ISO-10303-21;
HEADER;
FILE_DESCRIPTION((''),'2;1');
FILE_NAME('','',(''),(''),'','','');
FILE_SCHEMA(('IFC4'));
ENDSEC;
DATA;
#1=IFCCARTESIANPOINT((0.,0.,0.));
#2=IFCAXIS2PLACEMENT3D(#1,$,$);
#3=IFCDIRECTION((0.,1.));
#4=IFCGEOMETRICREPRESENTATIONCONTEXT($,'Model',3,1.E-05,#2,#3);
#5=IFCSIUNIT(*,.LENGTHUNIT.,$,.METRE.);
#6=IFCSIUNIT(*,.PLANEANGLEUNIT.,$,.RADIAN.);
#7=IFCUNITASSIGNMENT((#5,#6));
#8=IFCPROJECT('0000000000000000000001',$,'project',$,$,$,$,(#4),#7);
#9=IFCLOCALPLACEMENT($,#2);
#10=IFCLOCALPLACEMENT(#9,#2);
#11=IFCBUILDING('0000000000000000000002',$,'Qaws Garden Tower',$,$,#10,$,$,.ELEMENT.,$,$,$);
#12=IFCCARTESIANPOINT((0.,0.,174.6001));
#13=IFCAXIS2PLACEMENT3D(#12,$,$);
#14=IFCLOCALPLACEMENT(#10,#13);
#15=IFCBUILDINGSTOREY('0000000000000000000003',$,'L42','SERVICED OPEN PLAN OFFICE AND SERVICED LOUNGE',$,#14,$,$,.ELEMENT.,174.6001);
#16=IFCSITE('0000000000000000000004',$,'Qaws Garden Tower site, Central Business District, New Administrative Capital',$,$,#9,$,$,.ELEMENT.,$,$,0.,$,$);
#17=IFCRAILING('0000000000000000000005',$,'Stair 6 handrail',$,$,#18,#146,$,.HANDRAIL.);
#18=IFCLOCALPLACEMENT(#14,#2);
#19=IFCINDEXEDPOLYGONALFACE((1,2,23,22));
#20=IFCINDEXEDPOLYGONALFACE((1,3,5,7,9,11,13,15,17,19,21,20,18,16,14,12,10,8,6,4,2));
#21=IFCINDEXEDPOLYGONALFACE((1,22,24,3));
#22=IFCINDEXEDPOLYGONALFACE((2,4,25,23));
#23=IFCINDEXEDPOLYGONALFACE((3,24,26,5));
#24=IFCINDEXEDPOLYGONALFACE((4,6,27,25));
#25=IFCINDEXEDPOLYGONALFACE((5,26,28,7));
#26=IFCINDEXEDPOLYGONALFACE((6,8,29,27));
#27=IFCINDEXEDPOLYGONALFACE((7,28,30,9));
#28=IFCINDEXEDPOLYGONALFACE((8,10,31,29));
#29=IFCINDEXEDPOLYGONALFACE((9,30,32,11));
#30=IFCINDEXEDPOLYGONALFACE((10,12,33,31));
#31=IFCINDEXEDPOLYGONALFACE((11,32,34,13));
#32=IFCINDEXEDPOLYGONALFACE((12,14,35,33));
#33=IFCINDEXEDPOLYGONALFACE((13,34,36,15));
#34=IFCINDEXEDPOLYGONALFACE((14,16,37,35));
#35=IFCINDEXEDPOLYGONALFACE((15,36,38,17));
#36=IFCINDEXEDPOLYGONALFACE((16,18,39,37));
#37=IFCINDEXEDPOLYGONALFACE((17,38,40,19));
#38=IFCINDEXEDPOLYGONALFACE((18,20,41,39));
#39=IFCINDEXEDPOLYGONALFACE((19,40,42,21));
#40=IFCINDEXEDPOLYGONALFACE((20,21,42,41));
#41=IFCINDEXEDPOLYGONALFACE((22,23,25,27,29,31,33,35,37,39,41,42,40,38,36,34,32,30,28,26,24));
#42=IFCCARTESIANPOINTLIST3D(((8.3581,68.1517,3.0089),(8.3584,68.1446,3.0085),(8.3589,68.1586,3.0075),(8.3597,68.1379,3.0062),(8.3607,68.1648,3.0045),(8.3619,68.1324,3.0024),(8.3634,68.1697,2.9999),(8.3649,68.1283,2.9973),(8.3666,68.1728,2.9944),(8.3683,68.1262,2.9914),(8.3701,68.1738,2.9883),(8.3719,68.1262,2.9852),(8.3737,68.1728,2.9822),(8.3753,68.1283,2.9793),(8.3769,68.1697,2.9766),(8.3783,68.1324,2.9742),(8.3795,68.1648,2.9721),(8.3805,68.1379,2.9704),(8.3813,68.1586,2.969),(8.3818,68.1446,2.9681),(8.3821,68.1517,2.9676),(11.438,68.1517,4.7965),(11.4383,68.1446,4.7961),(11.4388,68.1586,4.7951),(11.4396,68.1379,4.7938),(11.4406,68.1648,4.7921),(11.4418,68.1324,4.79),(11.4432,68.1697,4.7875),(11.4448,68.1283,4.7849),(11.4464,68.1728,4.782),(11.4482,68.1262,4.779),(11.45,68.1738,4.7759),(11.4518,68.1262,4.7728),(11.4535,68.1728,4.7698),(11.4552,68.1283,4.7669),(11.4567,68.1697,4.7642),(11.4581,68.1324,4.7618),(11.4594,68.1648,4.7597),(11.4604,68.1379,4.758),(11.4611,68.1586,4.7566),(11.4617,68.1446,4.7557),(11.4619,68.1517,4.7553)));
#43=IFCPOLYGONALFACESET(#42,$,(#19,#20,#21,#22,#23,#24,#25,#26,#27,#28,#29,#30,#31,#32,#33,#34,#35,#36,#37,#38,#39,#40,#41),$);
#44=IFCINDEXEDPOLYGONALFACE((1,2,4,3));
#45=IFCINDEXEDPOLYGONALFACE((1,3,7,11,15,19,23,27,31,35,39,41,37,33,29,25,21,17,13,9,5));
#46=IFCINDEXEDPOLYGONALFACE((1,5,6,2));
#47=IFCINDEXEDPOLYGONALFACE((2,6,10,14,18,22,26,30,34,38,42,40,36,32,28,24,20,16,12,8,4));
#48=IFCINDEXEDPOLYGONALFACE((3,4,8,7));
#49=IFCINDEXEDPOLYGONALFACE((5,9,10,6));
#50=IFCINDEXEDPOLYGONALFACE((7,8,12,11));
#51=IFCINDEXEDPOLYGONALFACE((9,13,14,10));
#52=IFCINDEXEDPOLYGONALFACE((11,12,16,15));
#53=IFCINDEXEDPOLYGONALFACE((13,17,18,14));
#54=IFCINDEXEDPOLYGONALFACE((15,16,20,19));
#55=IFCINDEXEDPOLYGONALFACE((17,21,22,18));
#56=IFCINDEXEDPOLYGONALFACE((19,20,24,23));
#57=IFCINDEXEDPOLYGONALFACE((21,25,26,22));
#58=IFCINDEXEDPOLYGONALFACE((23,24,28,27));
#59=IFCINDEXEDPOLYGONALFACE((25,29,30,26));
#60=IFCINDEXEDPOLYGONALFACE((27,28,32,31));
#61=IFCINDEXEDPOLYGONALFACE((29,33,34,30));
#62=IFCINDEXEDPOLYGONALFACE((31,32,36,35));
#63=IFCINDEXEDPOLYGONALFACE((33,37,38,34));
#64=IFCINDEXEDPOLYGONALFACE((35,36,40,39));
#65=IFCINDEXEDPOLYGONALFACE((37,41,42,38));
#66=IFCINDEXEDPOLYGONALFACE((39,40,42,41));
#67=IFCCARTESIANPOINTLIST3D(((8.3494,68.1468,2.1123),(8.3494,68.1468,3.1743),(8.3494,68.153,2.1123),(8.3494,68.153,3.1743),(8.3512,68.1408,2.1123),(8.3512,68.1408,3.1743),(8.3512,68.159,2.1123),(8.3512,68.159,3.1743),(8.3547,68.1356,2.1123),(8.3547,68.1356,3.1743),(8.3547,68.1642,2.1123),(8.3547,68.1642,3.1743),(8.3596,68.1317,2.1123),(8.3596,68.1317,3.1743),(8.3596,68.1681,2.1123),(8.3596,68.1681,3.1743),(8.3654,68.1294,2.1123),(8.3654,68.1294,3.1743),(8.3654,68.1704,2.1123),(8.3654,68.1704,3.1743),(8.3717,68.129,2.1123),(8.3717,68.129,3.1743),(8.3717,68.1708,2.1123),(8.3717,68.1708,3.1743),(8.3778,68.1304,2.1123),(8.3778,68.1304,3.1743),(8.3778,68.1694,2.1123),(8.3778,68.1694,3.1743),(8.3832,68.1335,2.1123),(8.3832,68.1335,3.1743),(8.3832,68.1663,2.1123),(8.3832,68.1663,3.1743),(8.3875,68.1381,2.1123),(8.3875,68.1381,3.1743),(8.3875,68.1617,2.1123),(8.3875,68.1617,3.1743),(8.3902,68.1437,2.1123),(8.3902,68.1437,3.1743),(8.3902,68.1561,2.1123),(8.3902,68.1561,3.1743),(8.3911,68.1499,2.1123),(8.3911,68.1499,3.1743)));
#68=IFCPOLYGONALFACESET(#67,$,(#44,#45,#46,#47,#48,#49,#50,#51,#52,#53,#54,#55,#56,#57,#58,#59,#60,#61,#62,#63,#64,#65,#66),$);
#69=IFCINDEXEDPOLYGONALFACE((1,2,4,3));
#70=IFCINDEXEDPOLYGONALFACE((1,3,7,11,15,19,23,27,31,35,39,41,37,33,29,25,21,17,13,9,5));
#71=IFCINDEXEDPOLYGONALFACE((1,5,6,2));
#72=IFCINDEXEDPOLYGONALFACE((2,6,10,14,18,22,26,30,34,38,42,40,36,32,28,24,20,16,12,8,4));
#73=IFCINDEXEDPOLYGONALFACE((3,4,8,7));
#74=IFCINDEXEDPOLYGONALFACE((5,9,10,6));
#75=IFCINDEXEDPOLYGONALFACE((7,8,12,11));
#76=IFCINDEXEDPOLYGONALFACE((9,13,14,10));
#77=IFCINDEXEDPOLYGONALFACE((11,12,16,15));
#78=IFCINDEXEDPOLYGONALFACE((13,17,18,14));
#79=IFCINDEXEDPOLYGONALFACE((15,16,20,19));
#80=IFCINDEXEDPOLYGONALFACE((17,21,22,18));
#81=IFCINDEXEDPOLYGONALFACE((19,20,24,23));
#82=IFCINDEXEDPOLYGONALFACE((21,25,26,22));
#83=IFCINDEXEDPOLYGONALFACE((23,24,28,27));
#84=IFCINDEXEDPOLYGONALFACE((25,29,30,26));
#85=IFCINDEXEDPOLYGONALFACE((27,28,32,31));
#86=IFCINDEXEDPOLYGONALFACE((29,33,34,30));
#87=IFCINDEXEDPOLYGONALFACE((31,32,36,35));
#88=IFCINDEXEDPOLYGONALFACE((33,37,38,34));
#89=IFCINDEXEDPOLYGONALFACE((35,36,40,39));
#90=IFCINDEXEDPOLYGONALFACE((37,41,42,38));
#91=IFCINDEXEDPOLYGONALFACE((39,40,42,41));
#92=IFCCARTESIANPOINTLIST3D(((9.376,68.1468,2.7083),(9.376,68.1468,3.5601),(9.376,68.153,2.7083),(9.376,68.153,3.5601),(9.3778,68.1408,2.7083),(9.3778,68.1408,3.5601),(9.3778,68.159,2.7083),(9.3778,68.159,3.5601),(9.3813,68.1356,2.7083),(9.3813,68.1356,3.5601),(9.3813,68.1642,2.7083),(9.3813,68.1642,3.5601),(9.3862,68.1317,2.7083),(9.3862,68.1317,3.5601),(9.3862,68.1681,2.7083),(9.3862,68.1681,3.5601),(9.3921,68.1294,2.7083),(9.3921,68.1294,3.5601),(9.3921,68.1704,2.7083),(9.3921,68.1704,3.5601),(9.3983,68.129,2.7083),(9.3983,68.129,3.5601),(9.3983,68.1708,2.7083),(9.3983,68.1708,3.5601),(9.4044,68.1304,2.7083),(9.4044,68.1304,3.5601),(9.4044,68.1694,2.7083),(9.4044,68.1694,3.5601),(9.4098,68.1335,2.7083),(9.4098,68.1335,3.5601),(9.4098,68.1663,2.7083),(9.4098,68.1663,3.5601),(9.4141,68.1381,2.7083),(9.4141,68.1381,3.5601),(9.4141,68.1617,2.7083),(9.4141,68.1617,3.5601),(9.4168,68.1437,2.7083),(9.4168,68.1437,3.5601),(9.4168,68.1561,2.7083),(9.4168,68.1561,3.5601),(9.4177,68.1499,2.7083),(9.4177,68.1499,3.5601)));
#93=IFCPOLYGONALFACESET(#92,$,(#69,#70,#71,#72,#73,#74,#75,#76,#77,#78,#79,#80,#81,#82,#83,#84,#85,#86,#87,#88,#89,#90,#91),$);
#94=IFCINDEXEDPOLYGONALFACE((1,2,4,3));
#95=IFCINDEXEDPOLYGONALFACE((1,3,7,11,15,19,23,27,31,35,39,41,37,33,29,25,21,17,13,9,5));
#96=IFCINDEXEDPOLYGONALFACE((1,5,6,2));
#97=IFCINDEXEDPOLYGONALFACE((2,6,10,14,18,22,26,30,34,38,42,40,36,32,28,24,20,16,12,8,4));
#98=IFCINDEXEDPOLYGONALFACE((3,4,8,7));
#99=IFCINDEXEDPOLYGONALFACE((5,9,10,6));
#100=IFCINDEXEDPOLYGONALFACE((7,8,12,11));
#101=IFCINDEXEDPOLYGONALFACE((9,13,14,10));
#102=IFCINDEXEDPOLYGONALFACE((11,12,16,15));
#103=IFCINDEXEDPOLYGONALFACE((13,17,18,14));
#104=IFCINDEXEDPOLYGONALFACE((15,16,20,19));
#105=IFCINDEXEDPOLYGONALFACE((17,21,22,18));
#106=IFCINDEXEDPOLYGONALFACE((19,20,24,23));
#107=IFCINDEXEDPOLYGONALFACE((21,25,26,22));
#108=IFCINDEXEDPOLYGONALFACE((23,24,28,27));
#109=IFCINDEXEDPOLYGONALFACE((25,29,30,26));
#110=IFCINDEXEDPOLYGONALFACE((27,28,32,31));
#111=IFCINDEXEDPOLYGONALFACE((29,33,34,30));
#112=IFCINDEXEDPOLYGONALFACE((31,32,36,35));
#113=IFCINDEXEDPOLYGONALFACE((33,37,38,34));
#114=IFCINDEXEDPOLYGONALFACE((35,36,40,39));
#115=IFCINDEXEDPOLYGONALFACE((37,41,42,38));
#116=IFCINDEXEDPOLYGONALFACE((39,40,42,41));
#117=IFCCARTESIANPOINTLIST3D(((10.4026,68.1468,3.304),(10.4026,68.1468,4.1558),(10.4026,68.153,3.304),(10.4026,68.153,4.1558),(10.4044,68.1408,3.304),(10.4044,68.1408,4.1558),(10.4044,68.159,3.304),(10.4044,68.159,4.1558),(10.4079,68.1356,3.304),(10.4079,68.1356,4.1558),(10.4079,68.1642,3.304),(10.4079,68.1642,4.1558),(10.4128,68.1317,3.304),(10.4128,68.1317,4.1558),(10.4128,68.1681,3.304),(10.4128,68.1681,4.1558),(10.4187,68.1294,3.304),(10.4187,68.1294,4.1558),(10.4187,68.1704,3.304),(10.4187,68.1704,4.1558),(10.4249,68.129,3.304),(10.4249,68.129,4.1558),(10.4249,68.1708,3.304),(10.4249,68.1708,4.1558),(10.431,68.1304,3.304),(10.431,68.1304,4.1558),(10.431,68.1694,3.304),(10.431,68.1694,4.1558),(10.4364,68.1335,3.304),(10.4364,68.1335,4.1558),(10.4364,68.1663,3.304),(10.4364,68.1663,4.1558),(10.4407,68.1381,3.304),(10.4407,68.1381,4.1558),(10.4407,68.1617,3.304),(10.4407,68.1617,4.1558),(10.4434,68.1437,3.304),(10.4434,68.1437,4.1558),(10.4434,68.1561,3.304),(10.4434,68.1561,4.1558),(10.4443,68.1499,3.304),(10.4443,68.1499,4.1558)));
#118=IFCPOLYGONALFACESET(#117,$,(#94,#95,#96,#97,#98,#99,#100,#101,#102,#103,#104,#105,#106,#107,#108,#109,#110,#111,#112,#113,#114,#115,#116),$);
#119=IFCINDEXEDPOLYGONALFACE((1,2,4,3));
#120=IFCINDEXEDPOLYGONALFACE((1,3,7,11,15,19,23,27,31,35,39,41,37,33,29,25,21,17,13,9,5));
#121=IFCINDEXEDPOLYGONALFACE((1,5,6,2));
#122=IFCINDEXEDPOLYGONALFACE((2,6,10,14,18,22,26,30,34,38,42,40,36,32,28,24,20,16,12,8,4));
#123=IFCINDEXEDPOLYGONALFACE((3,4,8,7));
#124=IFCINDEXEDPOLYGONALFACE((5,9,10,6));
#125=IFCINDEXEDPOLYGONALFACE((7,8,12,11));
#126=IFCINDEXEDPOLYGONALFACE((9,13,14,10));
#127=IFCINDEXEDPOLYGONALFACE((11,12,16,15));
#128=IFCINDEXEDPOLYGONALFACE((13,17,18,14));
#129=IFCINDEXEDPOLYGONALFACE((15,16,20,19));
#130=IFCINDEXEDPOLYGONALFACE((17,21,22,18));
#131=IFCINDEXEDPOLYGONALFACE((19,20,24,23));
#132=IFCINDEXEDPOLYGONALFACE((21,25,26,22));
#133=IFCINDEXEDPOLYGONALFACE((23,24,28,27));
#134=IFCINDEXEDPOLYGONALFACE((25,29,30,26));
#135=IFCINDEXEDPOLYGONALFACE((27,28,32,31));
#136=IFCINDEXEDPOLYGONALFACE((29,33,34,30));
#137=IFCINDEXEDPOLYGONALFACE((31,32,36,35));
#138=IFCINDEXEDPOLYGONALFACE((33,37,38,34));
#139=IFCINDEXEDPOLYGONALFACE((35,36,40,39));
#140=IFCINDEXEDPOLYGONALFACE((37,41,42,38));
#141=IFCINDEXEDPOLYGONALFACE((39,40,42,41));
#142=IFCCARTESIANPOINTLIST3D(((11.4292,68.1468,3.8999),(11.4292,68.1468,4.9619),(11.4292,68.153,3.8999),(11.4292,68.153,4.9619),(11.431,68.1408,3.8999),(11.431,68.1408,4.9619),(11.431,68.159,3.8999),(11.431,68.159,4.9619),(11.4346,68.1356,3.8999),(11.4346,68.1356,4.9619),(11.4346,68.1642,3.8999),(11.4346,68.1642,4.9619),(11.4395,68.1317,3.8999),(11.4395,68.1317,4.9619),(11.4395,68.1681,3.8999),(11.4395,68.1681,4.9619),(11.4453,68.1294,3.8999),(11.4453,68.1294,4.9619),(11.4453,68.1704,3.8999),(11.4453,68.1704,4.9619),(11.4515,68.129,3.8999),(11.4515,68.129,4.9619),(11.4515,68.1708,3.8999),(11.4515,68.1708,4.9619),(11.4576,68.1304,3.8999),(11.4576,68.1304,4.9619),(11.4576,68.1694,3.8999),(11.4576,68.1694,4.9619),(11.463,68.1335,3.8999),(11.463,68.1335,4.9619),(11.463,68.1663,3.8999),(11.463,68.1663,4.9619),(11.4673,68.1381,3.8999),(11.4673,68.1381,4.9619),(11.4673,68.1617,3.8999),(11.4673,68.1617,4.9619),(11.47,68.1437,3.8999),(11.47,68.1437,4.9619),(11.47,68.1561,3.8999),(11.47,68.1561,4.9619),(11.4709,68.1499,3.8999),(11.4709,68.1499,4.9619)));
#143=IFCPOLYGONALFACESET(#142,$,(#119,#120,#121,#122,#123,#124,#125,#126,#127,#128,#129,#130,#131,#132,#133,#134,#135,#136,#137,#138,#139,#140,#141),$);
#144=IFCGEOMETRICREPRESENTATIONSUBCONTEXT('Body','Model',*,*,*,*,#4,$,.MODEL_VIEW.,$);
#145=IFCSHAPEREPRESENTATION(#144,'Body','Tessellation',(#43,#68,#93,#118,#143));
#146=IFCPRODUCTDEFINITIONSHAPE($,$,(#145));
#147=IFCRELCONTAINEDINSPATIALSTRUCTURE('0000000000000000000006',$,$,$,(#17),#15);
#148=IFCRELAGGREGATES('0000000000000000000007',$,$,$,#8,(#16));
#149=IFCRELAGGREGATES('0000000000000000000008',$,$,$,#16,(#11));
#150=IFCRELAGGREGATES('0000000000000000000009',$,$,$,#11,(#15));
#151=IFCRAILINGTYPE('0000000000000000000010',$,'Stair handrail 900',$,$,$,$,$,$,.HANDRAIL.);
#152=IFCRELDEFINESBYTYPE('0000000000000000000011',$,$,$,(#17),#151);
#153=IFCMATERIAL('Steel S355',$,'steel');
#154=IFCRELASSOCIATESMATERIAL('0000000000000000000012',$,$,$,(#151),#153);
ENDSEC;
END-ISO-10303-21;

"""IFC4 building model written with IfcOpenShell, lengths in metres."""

from ifc_helpers import new_model, si_unit, direction, frame, origin, origin_2d, place, context, subcontext, project, spatial, circle, extrude, material, type_object, element, save


model = new_model("IFC4")

# Units and contexts
model_context = context("Model", 3, precision=1e-05, world=origin(), true_north=direction((0.0, 1.0)))
body_context = subcontext(model_context, "Body", "Model", "MODEL_VIEW")
ifc_project = project(units=[si_unit("LENGTHUNIT", "METRE"), si_unit("PLANEANGLEUNIT", "RADIAN")], contexts=[model_context])

# Site, building, storey
site_placement = place(None, origin())
site = spatial("IfcSite", under=ifc_project, at=site_placement, Name="Qaws Garden Tower site, Central Business District, New Administrative Capital", CompositionType="ELEMENT", RefElevation=0.0)
building_placement = place(site_placement, origin())
building = spatial("IfcBuilding", under=site, at=building_placement, Name="Qaws Garden Tower", CompositionType="ELEMENT")
storey_placement = place(building_placement, frame((0.0, 0.0, 174.6001)))
storey = spatial("IfcBuildingStorey", under=building, at=storey_placement, Name="L42", Description="SERVICED OPEN PLAN OFFICE AND SERVICED LOUNGE", CompositionType="ELEMENT", Elevation=174.6001)

# Railing
ifc_material_1 = material(Name="Steel S355", Category="steel")
railing_type = type_object("IfcRailingType", Name="Stair handrail 900", PredefinedType="HANDRAIL", material=ifc_material_1)
railing_1_placement = place(storey_placement, frame((8.3701, 68.1499, 2.1123)))
element("IfcRailing", 1, at=railing_1_placement, inside=storey, type_object=railing_type, Name="Stair 6 handrail", PredefinedType="HANDRAIL", context=body_context, shape_type="SweptSolid", body=[
    extrude(circle(Radius=0.0239, at=origin_2d()), frame((0.0, 0.0, 0.876), z_axis=(0.864873, 0.0, 0.50199), x_axis=(0.0, 1.0, 0.0)), (0.0, 0.0, 1.0), 3.561),
    extrude(circle(Radius=0.021, at=origin_2d()), origin(), (0.0, 0.0, 1.0), 1.062),
    extrude(circle(Radius=0.021, at=origin_2d()), frame((1.0266, 0.0, 0.5959)), (0.0, 0.0, 1.0), 0.8518),
    extrude(circle(Radius=0.021, at=origin_2d()), frame((2.0532, 0.0, 1.1917)), (0.0, 0.0, 1.0), 0.8518),
    extrude(circle(Radius=0.021, at=origin_2d()), frame((3.0798, 0.0, 1.7876)), (0.0, 0.0, 1.0), 1.062),
])

save(model, "model.ifc")
